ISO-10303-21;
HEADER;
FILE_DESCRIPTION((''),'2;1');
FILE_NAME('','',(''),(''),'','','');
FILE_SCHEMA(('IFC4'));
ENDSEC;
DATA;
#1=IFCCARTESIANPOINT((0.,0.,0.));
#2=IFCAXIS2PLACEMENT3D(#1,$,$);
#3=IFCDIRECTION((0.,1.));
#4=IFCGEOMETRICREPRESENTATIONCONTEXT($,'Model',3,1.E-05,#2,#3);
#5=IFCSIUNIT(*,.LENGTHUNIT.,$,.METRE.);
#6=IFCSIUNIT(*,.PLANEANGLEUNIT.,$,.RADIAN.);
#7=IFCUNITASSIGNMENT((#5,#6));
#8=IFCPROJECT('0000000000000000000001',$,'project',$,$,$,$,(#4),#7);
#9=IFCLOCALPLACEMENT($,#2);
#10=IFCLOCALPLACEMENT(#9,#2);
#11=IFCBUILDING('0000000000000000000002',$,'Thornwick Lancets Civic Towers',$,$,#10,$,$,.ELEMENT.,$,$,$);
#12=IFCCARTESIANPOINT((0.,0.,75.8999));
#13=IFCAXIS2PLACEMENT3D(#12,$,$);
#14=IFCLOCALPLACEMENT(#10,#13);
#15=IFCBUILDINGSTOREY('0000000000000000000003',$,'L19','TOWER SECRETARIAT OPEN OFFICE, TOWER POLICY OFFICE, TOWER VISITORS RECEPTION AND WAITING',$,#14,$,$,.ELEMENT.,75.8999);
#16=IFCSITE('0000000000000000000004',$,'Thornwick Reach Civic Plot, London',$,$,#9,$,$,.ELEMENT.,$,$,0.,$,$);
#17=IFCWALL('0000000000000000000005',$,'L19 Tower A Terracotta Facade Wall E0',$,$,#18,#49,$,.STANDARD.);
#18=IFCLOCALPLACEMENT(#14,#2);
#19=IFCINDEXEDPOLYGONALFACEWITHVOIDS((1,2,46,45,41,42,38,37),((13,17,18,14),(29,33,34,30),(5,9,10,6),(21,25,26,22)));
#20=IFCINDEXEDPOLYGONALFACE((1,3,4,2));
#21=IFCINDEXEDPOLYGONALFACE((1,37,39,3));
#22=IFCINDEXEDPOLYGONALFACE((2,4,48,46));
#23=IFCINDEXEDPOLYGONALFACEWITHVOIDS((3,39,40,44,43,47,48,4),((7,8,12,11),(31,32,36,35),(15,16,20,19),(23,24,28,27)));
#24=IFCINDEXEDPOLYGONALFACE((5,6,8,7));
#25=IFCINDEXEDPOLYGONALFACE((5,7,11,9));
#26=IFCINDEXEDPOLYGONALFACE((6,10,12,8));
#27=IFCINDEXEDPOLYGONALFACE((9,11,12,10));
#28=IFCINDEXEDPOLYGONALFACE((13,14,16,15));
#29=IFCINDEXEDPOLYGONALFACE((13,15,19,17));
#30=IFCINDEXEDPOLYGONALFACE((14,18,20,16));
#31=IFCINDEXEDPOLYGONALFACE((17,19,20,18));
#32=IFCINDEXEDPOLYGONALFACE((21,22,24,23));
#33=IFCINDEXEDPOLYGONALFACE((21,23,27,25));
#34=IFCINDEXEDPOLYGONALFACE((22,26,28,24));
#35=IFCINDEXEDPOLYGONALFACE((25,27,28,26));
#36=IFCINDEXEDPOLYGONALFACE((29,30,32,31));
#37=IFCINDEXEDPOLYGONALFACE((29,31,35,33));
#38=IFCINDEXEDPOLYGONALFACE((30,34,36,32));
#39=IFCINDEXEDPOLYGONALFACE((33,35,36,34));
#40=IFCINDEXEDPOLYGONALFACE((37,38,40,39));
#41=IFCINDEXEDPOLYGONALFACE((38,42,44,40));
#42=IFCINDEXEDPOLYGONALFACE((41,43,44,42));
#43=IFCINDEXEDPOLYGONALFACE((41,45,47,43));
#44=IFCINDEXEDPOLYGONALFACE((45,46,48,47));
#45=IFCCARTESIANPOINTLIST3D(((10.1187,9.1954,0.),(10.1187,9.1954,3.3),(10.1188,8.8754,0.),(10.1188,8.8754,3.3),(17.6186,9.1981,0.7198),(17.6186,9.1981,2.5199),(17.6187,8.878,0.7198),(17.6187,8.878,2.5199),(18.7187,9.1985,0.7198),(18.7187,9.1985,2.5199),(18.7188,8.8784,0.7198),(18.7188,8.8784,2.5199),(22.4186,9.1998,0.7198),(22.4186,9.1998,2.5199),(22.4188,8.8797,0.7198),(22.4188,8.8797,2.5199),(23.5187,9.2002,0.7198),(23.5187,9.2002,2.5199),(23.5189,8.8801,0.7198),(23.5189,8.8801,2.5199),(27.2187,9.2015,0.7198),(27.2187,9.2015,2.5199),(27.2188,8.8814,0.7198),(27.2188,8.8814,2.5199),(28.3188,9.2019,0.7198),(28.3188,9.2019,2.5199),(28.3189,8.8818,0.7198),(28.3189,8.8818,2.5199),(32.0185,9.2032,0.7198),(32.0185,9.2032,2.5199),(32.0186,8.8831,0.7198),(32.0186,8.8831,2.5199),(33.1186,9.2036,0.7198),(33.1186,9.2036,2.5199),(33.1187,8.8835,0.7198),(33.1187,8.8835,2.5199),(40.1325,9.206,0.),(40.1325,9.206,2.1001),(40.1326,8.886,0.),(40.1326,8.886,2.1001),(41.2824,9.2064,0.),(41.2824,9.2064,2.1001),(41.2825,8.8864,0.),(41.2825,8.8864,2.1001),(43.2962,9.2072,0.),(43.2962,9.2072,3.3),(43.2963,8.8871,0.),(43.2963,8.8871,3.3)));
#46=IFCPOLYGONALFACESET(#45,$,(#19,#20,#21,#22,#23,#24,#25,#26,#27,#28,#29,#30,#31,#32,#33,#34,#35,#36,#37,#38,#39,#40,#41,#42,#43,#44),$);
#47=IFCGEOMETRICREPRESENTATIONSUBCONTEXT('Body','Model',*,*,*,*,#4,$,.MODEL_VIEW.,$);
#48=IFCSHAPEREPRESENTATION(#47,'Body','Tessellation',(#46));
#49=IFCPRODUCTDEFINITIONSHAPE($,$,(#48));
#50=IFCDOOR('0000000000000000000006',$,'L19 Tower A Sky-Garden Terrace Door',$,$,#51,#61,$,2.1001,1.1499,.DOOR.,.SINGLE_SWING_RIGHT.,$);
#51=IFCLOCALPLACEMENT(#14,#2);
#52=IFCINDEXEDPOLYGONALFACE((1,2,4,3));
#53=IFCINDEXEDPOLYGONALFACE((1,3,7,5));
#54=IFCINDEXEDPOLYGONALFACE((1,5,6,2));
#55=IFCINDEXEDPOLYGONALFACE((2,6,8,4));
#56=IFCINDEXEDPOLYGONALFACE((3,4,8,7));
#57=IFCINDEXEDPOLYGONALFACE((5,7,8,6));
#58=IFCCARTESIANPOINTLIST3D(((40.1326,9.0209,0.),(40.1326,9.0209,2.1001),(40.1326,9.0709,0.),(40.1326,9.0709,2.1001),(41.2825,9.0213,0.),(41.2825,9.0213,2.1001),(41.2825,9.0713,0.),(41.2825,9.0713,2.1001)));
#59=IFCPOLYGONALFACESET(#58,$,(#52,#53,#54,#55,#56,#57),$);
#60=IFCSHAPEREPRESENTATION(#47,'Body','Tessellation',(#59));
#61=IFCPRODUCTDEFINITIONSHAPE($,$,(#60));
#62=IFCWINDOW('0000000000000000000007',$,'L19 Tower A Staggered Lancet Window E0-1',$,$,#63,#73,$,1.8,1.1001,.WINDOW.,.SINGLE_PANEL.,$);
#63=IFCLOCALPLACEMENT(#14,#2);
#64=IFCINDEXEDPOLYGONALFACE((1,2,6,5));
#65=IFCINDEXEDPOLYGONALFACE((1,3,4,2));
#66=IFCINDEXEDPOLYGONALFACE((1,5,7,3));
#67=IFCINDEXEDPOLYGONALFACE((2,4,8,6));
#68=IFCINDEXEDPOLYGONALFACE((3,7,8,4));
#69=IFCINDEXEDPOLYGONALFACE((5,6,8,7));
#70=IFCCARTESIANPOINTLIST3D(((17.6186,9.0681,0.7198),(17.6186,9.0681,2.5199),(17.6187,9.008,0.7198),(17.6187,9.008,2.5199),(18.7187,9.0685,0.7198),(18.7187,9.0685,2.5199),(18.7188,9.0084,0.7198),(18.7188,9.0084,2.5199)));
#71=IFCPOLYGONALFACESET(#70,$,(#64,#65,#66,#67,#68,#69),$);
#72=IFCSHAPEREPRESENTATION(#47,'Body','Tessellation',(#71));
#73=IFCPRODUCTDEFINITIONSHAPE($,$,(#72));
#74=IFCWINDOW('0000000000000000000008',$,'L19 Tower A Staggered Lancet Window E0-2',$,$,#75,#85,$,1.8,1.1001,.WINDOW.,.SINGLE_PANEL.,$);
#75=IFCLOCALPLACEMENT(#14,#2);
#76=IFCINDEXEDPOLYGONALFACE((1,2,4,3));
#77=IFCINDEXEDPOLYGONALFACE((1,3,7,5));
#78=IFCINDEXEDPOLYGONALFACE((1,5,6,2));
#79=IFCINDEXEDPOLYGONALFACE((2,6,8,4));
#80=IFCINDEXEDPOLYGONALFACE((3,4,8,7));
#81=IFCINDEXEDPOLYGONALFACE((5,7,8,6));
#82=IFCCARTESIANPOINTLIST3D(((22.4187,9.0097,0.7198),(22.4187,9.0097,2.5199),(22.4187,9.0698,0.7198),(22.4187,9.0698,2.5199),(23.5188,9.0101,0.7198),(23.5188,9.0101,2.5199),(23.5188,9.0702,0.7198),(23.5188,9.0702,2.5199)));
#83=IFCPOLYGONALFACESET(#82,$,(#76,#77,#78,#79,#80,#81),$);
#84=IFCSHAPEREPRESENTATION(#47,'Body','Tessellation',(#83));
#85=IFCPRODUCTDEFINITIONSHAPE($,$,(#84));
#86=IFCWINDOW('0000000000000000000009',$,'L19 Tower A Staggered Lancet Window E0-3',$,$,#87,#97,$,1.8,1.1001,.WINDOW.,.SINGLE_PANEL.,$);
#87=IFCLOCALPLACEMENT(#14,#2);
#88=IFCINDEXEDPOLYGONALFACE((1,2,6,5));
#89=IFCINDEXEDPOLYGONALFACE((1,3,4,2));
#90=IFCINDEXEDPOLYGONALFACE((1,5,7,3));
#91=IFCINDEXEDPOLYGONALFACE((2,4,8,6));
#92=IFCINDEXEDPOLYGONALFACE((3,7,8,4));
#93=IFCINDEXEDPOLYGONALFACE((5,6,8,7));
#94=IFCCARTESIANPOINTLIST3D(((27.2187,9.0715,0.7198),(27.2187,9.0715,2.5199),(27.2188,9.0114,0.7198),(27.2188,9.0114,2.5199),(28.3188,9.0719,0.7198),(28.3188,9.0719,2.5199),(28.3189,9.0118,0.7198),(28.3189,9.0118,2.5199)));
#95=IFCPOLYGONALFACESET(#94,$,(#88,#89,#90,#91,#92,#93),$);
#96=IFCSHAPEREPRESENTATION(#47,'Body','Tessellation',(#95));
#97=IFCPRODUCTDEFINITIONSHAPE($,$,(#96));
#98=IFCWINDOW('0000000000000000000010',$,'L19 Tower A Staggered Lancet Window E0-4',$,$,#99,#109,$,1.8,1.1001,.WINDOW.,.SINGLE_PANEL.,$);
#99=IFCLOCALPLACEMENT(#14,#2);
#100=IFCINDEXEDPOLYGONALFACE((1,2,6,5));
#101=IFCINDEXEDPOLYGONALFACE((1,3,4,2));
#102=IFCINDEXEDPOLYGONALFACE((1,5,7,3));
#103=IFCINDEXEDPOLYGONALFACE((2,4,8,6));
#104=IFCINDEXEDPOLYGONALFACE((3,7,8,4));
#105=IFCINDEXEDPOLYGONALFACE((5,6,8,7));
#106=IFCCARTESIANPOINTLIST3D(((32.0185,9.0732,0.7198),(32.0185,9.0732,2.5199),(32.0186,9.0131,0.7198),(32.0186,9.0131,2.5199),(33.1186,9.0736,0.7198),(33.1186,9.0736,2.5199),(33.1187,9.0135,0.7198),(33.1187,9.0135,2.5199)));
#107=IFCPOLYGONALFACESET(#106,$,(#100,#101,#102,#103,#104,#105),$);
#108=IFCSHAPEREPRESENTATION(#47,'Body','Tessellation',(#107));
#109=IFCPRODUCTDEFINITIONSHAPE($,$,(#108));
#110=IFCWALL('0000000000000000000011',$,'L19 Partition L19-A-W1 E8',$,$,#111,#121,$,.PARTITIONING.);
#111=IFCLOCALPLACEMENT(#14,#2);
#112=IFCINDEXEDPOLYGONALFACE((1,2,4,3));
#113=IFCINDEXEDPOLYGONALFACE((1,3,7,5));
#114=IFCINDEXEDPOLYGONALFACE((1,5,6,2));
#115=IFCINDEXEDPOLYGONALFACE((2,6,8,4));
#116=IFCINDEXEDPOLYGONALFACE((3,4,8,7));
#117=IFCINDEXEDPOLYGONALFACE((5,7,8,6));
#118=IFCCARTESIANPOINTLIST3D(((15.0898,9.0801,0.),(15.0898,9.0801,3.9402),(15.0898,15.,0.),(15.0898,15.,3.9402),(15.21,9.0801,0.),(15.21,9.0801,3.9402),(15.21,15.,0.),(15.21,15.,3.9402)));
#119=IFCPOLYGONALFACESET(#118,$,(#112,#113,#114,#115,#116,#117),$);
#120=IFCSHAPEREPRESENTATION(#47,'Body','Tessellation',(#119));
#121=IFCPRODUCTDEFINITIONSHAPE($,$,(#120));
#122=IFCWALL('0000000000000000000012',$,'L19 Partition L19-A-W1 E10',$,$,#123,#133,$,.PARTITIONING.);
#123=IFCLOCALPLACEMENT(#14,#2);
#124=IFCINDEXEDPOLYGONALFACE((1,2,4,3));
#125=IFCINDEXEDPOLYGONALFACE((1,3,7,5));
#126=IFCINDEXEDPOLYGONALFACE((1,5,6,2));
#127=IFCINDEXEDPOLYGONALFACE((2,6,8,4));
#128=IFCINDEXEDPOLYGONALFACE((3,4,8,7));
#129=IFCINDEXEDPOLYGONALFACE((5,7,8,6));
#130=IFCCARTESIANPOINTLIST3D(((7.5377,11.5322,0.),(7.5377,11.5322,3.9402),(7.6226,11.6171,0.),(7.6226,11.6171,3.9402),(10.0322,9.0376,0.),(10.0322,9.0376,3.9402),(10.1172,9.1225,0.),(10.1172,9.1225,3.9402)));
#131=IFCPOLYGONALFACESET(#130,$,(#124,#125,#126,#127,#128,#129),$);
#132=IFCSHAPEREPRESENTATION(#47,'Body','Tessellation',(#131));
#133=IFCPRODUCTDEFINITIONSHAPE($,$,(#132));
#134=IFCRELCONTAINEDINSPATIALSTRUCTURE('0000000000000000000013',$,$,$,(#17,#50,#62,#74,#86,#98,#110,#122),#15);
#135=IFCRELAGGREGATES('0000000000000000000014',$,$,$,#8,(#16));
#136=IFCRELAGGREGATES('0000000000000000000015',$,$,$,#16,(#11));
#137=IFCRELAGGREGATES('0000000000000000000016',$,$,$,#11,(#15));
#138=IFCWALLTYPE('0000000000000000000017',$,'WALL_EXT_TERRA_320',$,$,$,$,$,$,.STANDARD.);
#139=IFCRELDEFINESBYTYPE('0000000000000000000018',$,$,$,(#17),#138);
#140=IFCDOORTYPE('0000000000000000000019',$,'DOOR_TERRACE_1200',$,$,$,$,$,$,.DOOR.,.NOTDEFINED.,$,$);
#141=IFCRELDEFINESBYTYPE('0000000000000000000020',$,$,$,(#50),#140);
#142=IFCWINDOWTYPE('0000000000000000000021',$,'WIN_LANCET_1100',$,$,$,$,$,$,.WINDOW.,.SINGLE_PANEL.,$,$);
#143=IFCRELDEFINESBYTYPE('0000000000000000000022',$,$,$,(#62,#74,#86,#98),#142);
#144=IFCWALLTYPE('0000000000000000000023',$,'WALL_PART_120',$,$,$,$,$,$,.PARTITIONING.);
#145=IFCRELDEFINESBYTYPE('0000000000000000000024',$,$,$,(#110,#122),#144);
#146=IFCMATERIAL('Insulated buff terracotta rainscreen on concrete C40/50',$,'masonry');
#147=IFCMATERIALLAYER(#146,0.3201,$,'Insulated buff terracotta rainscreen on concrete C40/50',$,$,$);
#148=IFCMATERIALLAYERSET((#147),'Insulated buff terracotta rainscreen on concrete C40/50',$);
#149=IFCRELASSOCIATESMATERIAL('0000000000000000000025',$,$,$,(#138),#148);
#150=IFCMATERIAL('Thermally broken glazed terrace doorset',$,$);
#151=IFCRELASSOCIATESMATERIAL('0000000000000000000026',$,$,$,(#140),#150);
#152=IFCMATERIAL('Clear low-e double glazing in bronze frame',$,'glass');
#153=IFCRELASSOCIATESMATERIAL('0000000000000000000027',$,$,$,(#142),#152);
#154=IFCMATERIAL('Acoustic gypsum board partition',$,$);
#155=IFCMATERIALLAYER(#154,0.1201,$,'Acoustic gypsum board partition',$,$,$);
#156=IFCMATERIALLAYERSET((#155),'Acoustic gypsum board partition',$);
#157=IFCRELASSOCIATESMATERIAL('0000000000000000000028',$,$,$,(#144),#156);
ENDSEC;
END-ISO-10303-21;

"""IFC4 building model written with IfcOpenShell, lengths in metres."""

from ifc_helpers import new_model, si_unit, direction, frame, frame_2d, origin, place, context, subcontext, project, spatial, rectangle, extrude, material, layer, layer_set, type_object, element, fill, save


model = new_model("IFC4")

# Units and contexts
model_context = context("Model", 3, precision=1e-05, world=origin(), true_north=direction((0.0, 1.0)))
body_context = subcontext(model_context, "Body", "Model", "MODEL_VIEW")
ifc_project = project(units=[si_unit("LENGTHUNIT", "METRE"), si_unit("PLANEANGLEUNIT", "RADIAN")], contexts=[model_context])

# Site, building, storey
site_placement = place(None, origin())
site = spatial("IfcSite", under=ifc_project, at=site_placement, Name="Thornwick Reach Civic Plot, London", CompositionType="ELEMENT", RefElevation=0.0)
building_placement = place(site_placement, origin())
building = spatial("IfcBuilding", under=site, at=building_placement, Name="Thornwick Lancets Civic Towers", CompositionType="ELEMENT")
storey_placement = place(building_placement, frame((0.0, 0.0, 75.8999)))
storey = spatial("IfcBuildingStorey", under=building, at=storey_placement, Name="L19", Description="TOWER SECRETARIAT OPEN OFFICE, TOWER POLICY OFFICE, TOWER VISITORS RECEPTION AND WAITING", CompositionType="ELEMENT", Elevation=75.8999)

# Wall, openings, door, windows
ifc_material_1 = material(Name="Insulated buff terracotta rainscreen on concrete C40/50", Category="masonry")
ifc_layer_1 = layer(ifc_material_1, 0.3201, Name="Insulated buff terracotta rainscreen on concrete C40/50")
ifc_layer_set_1 = layer_set([ifc_layer_1], Name="Insulated buff terracotta rainscreen on concrete C40/50")
wall_type_1 = type_object("IfcWallType", Name="WALL_EXT_TERRA_320", PredefinedType="STANDARD", material=ifc_layer_set_1)
wall_1_placement = place(storey_placement, frame((10.1187, 9.0354, 0.0), z_axis=(0.0, 0.0, 1.0), x_axis=(1.0, 0.000353, 0.0)))
wall_1 = element("IfcWall", 1, at=wall_1_placement, inside=storey, type_object=wall_type_1, Name="L19 Tower A Terracotta Facade Wall E0", PredefinedType="STANDARD", context=body_context, shape_type="SweptSolid", body=[
    extrude(rectangle(XDim=33.1775, YDim=0.3201, at=frame_2d((16.5889, 0.0))), origin(), (0.0, 0.0, 1.0), 3.3),
])
opening_1_placement = place(wall_1_placement, frame((30.0139, 0.0, 0.0)))
opening_1 = element("IfcOpeningElement", 2, at=opening_1_placement, cuts=wall_1, PredefinedType="OPENING", context=body_context, shape_type="SweptSolid", body=[
    extrude(rectangle(XDim=1.1499, YDim=2.1001, at=frame_2d((0.575, 1.05))), frame((0.0, 0.1699, 0.0), z_axis=(0.0, -1.0, 0.0), x_axis=(1.0, 0.0, 0.0)), (0.0, 0.0, 1.0), 0.3401),
])
opening_2_placement = place(wall_1_placement, frame((7.5, 0.0, 0.72)))
opening_2 = element("IfcOpeningElement", 3, at=opening_2_placement, cuts=wall_1, PredefinedType="OPENING", context=body_context, shape_type="SweptSolid", body=[
    extrude(rectangle(XDim=1.1001, YDim=1.8, at=frame_2d((0.55, 0.8999))), frame((0.0, 0.1699, 0.0), z_axis=(0.0, -1.0, 0.0), x_axis=(1.0, 0.0, 0.0)), (0.0, 0.0, 1.0), 0.3401),
])
opening_3_placement = place(wall_1_placement, frame((12.3, 0.0, 0.72)))
opening_3 = element("IfcOpeningElement", 4, at=opening_3_placement, cuts=wall_1, PredefinedType="OPENING", context=body_context, shape_type="SweptSolid", body=[
    extrude(rectangle(XDim=1.1001, YDim=1.8, at=frame_2d((0.55, 0.8999))), frame((0.0, 0.1699, 0.0), z_axis=(0.0, -1.0, 0.0), x_axis=(1.0, 0.0, 0.0)), (0.0, 0.0, 1.0), 0.3401),
])
opening_4_placement = place(wall_1_placement, frame((17.1001, 0.0, 0.72)))
opening_4 = element("IfcOpeningElement", 5, at=opening_4_placement, cuts=wall_1, PredefinedType="OPENING", context=body_context, shape_type="SweptSolid", body=[
    extrude(rectangle(XDim=1.1001, YDim=1.8, at=frame_2d((0.55, 0.8999))), frame((0.0, 0.1699, 0.0), z_axis=(0.0, -1.0, 0.0), x_axis=(1.0, 0.0, 0.0)), (0.0, 0.0, 1.0), 0.3401),
])
opening_5_placement = place(wall_1_placement, frame((21.8999, 0.0, 0.72)))
opening_5 = element("IfcOpeningElement", 6, at=opening_5_placement, cuts=wall_1, PredefinedType="OPENING", context=body_context, shape_type="SweptSolid", body=[
    extrude(rectangle(XDim=1.1001, YDim=1.8, at=frame_2d((0.55, 0.8999))), frame((0.0, 0.1699, 0.0), z_axis=(0.0, -1.0, 0.0), x_axis=(1.0, 0.0, 0.0)), (0.0, 0.0, 1.0), 0.3401),
])
ifc_material_2 = material(Name="Thermally broken glazed terrace doorset")
door_type = type_object("IfcDoorType", Name="DOOR_TERRACE_1200", OperationType="NOTDEFINED", PredefinedType="DOOR", material=ifc_material_2)
door_placement = place(opening_1_placement, origin())
door = element("IfcDoor", 7, at=door_placement, inside=storey, type_object=door_type, Name="L19 Tower A Sky-Garden Terrace Door", OperationType="SINGLE_SWING_RIGHT", OverallHeight=2.1001, OverallWidth=1.1499, PredefinedType="DOOR", context=body_context, shape_type="SweptSolid", body=[
    extrude(rectangle(XDim=1.1499, YDim=2.1001, at=frame_2d((0.575, 1.05))), frame((0.0, 0.0249, 0.0), z_axis=(0.0, -1.0, 0.0), x_axis=(1.0, 0.0, 0.0)), (0.0, 0.0, 1.0), 0.05),
])
fill(opening_1, door)
ifc_material_3 = material(Name="Clear low-e double glazing in bronze frame", Category="glass")
window_type = type_object("IfcWindowType", Name="WIN_LANCET_1100", PartitioningType="SINGLE_PANEL", PredefinedType="WINDOW", material=ifc_material_3)
window_1_placement = place(opening_2_placement, origin())
window_1 = element("IfcWindow", 8, at=window_1_placement, inside=storey, type_object=window_type, Name="L19 Tower A Staggered Lancet Window E0-1", OverallHeight=1.8, OverallWidth=1.1001, PartitioningType="SINGLE_PANEL", PredefinedType="WINDOW", context=body_context, shape_type="SweptSolid", body=[
    extrude(rectangle(XDim=1.1001, YDim=1.8, at=frame_2d((0.55, 0.8999))), frame((0.0, 0.03, 0.0), z_axis=(0.0, -1.0, 0.0), x_axis=(1.0, 0.0, 0.0)), (0.0, 0.0, 1.0), 0.0601),
])
fill(opening_2, window_1)
window_2_placement = place(opening_3_placement, origin())
window_2 = element("IfcWindow", 9, at=window_2_placement, inside=storey, type_object=window_type, Name="L19 Tower A Staggered Lancet Window E0-2", OverallHeight=1.8, OverallWidth=1.1001, PartitioningType="SINGLE_PANEL", PredefinedType="WINDOW", context=body_context, shape_type="SweptSolid", body=[
    extrude(rectangle(XDim=1.1001, YDim=1.8, at=frame_2d((0.55, 0.8999))), frame((0.0, 0.03, 0.0), z_axis=(0.0, -1.0, 0.0), x_axis=(1.0, 0.0, 0.0)), (0.0, 0.0, 1.0), 0.0601),
])
fill(opening_3, window_2)
window_3_placement = place(opening_4_placement, origin())
window_3 = element("IfcWindow", 10, at=window_3_placement, inside=storey, type_object=window_type, Name="L19 Tower A Staggered Lancet Window E0-3", OverallHeight=1.8, OverallWidth=1.1001, PartitioningType="SINGLE_PANEL", PredefinedType="WINDOW", context=body_context, shape_type="SweptSolid", body=[
    extrude(rectangle(XDim=1.1001, YDim=1.8, at=frame_2d((0.55, 0.8999))), frame((0.0, 0.03, 0.0), z_axis=(0.0, -1.0, 0.0), x_axis=(1.0, 0.0, 0.0)), (0.0, 0.0, 1.0), 0.0601),
])
fill(opening_4, window_3)
window_4_placement = place(opening_5_placement, origin())
window_4 = element("IfcWindow", 11, at=window_4_placement, inside=storey, type_object=window_type, Name="L19 Tower A Staggered Lancet Window E0-4", OverallHeight=1.8, OverallWidth=1.1001, PartitioningType="SINGLE_PANEL", PredefinedType="WINDOW", context=body_context, shape_type="SweptSolid", body=[
    extrude(rectangle(XDim=1.1001, YDim=1.8, at=frame_2d((0.55, 0.8999))), frame((0.0, 0.03, 0.0), z_axis=(0.0, -1.0, 0.0), x_axis=(1.0, 0.0, 0.0)), (0.0, 0.0, 1.0), 0.0601),
])
fill(opening_5, window_4)

# Walls
ifc_material_4 = material(Name="Acoustic gypsum board partition")
ifc_layer_2 = layer(ifc_material_4, 0.1201, Name="Acoustic gypsum board partition")
ifc_layer_set_2 = layer_set([ifc_layer_2], Name="Acoustic gypsum board partition")
wall_type_2 = type_object("IfcWallType", Name="WALL_PART_120", PredefinedType="PARTITIONING", material=ifc_layer_set_2)
wall_2_placement = place(storey_placement, frame((15.1499, 15.0, 0.0), z_axis=(0.0, 0.0, 1.0), x_axis=(0.0, -1.0, 0.0)))
element("IfcWall", 12, at=wall_2_placement, inside=storey, type_object=wall_type_2, Name="L19 Partition L19-A-W1 E8", PredefinedType="PARTITIONING", context=body_context, shape_type="SweptSolid", body=[
    extrude(rectangle(XDim=5.9199, YDim=0.1201, at=frame_2d((2.96, 0.0))), origin(), (0.0, 0.0, 1.0), 3.9402),
])
wall_3_placement = place(storey_placement, frame((10.0747, 9.0801, 0.0), z_axis=(0.0, 0.0, 1.0), x_axis=(-0.707107, 0.707107, 0.0)))
element("IfcWall", 13, at=wall_3_placement, inside=storey, type_object=wall_type_2, Name="L19 Partition L19-A-W1 E10", PredefinedType="PARTITIONING", context=body_context, shape_type="SweptSolid", body=[
    extrude(rectangle(XDim=3.5278, YDim=0.1201, at=frame_2d((1.7639, 0.0))), origin(), (0.0, 0.0, 1.0), 3.9402),
])

save(model, "model.ifc")
